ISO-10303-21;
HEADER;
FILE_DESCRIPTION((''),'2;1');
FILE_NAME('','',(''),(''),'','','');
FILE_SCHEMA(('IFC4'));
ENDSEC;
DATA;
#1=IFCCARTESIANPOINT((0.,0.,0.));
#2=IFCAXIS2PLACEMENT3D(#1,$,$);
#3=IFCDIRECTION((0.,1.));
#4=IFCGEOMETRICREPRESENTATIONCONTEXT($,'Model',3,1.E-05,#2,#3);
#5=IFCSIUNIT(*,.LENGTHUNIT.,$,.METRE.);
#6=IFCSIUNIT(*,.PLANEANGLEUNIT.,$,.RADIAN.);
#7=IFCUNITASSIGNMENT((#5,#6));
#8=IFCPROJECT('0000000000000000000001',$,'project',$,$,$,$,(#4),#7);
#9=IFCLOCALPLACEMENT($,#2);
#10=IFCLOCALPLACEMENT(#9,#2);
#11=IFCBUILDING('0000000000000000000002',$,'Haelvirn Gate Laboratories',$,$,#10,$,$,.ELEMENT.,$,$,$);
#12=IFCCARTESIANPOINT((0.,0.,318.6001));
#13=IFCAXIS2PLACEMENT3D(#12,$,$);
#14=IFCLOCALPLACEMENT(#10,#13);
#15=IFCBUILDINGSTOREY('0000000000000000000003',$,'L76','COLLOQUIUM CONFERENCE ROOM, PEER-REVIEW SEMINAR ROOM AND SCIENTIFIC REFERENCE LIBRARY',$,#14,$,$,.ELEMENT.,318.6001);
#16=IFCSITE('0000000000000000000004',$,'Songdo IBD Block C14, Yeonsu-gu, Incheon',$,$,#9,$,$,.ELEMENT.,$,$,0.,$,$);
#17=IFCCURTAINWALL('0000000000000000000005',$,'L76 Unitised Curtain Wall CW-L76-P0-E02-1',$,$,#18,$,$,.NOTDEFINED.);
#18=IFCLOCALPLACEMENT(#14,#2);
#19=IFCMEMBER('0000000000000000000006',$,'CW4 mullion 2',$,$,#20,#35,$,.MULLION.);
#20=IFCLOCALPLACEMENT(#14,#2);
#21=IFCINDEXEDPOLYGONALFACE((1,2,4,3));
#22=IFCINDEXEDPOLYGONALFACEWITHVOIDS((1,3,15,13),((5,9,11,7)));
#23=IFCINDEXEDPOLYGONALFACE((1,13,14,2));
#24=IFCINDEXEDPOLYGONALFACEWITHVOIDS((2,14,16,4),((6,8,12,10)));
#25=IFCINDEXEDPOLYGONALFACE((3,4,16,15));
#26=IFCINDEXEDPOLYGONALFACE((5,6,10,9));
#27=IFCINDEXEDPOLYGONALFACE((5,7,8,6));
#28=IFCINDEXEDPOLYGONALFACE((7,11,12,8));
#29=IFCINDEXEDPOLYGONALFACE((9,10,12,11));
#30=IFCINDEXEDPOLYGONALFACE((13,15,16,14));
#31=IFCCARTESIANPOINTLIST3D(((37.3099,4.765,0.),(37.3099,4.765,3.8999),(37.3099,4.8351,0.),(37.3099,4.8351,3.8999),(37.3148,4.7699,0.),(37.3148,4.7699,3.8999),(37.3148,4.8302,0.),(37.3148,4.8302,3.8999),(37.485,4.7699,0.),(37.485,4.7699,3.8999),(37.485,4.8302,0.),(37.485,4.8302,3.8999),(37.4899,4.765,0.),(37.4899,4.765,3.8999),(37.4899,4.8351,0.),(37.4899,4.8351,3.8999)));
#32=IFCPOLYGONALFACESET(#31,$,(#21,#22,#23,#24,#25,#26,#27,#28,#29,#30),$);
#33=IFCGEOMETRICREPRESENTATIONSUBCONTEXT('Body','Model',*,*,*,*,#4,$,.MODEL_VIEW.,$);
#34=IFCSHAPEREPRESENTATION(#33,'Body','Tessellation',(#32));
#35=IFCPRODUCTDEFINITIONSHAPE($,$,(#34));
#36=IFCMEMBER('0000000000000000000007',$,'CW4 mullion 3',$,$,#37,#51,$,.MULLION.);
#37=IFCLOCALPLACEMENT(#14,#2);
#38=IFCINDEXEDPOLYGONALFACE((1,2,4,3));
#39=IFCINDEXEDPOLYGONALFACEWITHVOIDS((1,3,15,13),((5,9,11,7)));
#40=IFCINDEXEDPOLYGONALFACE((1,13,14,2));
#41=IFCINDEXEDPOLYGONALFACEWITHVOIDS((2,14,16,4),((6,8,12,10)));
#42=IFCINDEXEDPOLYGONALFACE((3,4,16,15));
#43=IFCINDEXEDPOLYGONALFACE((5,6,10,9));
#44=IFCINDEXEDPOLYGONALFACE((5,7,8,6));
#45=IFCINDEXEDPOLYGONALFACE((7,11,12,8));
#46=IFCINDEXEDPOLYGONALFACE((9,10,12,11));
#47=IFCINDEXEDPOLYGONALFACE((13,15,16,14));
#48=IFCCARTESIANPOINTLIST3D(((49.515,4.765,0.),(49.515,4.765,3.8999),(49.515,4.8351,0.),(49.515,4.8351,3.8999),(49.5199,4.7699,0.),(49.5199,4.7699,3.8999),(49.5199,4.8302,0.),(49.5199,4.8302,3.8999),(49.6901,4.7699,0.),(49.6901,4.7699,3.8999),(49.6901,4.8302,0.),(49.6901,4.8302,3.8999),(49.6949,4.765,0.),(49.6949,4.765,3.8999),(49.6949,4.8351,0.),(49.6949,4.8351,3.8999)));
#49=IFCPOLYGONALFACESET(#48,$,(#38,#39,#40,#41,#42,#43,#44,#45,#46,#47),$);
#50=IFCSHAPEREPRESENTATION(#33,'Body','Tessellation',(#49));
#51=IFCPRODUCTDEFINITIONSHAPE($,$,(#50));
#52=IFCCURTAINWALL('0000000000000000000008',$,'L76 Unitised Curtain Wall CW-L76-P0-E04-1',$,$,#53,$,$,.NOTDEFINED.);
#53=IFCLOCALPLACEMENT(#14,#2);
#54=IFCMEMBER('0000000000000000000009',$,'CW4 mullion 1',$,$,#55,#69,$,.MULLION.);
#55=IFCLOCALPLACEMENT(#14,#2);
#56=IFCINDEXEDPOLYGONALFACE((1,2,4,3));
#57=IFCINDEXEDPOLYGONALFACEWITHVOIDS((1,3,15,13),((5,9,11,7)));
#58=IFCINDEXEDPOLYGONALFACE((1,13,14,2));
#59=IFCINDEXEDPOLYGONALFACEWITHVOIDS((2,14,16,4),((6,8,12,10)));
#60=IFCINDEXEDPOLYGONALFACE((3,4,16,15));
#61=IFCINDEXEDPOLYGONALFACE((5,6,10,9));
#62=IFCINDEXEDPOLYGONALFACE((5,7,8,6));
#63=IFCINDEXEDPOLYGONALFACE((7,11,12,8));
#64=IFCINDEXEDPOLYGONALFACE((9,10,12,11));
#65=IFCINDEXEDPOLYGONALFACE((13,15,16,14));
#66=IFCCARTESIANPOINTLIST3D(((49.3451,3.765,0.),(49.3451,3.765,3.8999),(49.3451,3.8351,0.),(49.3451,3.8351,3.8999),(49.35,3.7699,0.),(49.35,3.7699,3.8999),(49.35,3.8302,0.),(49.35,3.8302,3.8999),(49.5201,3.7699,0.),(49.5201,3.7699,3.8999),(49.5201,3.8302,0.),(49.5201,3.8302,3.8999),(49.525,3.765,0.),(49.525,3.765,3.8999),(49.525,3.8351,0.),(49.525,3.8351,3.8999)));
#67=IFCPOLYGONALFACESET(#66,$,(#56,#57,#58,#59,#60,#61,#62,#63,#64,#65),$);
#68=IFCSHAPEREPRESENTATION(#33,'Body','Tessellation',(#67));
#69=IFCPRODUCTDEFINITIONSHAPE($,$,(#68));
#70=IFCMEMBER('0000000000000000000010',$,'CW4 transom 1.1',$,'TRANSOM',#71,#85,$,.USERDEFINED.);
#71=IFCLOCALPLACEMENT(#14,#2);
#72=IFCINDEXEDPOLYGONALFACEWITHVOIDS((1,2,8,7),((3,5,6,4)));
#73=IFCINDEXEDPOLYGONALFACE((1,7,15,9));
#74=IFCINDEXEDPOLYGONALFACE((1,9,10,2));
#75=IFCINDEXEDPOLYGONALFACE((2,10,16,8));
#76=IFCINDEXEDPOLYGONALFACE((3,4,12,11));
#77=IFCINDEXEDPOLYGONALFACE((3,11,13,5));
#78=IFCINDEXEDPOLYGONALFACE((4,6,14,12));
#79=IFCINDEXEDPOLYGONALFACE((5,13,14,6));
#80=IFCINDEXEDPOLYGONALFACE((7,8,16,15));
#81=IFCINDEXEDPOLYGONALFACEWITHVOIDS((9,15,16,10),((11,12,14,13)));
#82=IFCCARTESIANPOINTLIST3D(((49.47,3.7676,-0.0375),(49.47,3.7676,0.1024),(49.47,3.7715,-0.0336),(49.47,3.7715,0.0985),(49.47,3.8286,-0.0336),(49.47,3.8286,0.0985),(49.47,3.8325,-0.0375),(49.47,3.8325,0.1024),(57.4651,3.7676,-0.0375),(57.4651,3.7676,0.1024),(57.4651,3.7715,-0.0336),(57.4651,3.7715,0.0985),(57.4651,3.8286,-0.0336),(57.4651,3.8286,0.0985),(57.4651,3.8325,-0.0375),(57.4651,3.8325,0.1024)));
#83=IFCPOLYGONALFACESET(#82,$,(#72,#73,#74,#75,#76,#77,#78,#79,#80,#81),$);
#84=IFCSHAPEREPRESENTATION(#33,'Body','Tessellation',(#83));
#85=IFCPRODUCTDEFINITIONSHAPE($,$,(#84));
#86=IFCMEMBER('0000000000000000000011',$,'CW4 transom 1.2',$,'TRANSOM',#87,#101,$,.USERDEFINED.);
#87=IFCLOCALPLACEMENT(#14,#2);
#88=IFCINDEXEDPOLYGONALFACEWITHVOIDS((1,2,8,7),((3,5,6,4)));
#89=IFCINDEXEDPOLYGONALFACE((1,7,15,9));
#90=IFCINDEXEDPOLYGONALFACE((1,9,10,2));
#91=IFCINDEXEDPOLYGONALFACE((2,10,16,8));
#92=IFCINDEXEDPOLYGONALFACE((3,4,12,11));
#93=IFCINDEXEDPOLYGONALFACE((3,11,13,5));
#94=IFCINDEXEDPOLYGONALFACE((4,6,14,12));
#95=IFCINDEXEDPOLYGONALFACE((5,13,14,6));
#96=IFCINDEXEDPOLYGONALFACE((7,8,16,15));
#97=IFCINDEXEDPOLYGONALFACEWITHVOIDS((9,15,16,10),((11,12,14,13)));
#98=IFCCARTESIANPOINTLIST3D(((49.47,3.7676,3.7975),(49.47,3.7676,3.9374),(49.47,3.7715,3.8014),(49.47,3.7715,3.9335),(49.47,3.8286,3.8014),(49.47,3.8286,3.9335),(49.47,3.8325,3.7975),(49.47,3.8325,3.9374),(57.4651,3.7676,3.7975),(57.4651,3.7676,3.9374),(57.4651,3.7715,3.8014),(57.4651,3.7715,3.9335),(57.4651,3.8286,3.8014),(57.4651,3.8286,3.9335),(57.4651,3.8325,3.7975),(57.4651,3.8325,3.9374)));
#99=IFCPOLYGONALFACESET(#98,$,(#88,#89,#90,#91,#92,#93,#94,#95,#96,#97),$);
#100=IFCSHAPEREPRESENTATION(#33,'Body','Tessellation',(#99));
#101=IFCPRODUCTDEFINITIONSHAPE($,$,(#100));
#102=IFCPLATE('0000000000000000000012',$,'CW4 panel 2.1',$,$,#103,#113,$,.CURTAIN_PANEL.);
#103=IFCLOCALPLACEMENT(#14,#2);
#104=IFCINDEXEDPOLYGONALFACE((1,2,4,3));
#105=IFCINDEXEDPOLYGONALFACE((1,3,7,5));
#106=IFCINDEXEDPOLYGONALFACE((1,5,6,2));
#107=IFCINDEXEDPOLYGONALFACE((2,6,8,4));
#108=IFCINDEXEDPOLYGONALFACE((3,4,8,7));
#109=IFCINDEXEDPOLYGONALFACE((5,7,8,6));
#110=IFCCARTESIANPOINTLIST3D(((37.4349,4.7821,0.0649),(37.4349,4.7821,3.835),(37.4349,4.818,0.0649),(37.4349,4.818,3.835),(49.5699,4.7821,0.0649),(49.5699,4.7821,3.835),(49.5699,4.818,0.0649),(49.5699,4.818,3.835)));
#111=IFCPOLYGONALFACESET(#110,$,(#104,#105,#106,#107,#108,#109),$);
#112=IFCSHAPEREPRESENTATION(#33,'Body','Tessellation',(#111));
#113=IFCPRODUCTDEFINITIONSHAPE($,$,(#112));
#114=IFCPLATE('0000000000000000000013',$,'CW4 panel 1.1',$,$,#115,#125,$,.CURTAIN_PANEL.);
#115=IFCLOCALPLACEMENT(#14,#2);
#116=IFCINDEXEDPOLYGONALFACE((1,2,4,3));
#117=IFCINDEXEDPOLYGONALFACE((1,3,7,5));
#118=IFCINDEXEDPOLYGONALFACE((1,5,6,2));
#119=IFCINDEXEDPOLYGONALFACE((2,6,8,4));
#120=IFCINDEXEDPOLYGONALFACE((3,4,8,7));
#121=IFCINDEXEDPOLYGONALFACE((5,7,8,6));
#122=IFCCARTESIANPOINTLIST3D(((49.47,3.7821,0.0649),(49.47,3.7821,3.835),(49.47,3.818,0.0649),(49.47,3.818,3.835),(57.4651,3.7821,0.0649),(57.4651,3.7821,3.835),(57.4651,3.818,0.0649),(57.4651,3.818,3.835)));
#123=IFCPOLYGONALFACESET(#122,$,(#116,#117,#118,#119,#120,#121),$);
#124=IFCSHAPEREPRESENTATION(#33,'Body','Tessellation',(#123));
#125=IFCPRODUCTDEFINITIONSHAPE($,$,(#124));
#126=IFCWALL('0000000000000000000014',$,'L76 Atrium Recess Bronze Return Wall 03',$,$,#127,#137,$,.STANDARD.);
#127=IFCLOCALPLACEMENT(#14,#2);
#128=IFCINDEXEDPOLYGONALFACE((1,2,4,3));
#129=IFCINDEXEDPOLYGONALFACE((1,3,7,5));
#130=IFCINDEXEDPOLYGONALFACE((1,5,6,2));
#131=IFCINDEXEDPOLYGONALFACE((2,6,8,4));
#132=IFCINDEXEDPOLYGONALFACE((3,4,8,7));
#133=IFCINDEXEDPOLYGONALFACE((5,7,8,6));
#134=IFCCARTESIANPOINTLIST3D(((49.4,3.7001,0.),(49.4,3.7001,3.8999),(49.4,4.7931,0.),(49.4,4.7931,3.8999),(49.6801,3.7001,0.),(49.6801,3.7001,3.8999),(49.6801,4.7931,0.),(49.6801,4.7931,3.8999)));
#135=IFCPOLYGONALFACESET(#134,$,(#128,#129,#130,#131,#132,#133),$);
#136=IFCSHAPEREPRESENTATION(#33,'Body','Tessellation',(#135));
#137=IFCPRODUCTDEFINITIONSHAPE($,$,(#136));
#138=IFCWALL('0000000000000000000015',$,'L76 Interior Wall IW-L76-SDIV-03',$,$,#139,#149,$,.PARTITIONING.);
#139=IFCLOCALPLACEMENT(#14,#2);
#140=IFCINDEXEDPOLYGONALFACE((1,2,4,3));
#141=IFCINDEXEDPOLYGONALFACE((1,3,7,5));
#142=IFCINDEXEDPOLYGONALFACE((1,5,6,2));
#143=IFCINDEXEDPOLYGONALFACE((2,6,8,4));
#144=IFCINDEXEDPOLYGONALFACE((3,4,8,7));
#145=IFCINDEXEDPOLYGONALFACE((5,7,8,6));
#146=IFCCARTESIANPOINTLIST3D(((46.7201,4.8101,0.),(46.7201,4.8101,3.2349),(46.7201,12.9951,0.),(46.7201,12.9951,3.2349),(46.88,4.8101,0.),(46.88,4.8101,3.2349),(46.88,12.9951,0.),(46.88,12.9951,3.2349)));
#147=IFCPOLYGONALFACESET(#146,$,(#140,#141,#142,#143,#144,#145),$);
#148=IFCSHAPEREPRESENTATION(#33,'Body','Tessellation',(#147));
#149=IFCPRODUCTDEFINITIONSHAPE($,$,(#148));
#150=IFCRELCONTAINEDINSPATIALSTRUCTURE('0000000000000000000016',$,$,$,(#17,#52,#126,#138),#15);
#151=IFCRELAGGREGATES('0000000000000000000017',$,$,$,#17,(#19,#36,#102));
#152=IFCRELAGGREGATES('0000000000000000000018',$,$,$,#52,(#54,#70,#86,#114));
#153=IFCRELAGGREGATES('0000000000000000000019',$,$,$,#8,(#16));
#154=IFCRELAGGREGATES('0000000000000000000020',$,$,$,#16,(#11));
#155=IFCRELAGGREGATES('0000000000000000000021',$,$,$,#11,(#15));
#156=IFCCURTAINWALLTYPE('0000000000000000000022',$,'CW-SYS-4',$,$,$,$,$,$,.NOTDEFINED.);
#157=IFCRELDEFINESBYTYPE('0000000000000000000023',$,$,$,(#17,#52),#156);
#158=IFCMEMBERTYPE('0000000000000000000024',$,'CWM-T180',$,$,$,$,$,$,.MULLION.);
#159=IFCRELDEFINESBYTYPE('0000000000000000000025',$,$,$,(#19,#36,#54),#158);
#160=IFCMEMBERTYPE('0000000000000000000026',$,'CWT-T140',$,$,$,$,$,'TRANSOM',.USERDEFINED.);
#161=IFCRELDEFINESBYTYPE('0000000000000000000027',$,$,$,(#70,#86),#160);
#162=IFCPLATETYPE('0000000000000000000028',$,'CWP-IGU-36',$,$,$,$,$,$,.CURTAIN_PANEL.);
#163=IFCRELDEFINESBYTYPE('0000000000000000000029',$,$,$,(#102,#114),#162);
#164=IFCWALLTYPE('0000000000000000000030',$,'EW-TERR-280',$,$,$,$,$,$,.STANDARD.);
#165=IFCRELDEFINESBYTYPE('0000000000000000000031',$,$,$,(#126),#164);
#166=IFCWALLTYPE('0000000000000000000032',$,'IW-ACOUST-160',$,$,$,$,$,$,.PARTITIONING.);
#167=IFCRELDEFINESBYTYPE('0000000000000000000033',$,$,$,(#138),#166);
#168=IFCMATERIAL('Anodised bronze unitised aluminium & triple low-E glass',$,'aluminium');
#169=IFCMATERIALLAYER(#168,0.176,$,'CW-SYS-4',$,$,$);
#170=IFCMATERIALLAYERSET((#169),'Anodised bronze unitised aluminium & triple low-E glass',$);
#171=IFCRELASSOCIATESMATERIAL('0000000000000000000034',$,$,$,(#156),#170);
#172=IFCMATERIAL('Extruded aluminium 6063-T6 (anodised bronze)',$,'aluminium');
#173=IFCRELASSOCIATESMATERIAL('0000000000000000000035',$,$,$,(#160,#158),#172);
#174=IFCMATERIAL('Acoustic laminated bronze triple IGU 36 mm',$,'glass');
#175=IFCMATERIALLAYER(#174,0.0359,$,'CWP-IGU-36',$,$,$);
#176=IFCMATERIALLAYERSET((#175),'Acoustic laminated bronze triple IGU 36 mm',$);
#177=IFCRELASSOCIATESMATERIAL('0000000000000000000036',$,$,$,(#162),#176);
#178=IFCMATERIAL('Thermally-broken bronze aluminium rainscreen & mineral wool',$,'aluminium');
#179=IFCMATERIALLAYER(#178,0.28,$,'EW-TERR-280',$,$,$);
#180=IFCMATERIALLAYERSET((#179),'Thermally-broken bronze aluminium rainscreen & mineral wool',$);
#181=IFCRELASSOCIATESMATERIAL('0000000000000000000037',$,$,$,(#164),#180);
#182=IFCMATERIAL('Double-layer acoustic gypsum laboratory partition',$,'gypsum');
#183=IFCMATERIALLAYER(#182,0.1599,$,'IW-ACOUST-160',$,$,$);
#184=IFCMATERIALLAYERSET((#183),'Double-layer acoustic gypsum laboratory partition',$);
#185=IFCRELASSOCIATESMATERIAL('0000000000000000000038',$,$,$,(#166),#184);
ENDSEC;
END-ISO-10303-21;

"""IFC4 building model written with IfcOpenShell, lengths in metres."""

from ifc_helpers import new_model, si_unit, direction, frame, frame_2d, origin, origin_2d, place, context, subcontext, project, spatial, rectangle, hollow_rectangle, extrude, source, transform, mapped, material, layer, layer_set, material_profile, profile_set, type_object, type_shapes, element, aggregate, save


model = new_model("IFC4")

# Units and contexts
model_context = context("Model", 3, precision=1e-05, world=origin(), true_north=direction((0.0, 1.0)))
body_context = subcontext(model_context, "Body", "Model", "MODEL_VIEW")
ifc_project = project(units=[si_unit("LENGTHUNIT", "METRE"), si_unit("PLANEANGLEUNIT", "RADIAN")], contexts=[model_context])

# Site, building, storey
site_placement = place(None, origin())
site = spatial("IfcSite", under=ifc_project, at=site_placement, Name="Songdo IBD Block C14, Yeonsu-gu, Incheon", CompositionType="ELEMENT", RefElevation=0.0)
building_placement = place(site_placement, origin())
building = spatial("IfcBuilding", under=site, at=building_placement, Name="Haelvirn Gate Laboratories", CompositionType="ELEMENT")
storey_placement = place(building_placement, frame((0.0, 0.0, 318.6001)))
storey = spatial("IfcBuildingStorey", under=building, at=storey_placement, Name="L76", Description="COLLOQUIUM CONFERENCE ROOM, PEER-REVIEW SEMINAR ROOM AND SCIENTIFIC REFERENCE LIBRARY", CompositionType="ELEMENT", Elevation=318.6001)

# Curtain walls, members
ifc_material_1 = material(Name="Anodised bronze unitised aluminium & triple low-E glass", Category="aluminium")
ifc_layer_1 = layer(ifc_material_1, 0.176, Name="CW-SYS-4")
ifc_layer_set_1 = layer_set([ifc_layer_1], Name="Anodised bronze unitised aluminium & triple low-E glass")
curtain_wall_type = type_object("IfcCurtainWallType", Name="CW-SYS-4", PredefinedType="NOTDEFINED", material=ifc_layer_set_1)
curtain_wall_1_placement = place(storey_placement, origin())
curtain_wall_1 = element("IfcCurtainWall", 1, at=curtain_wall_1_placement, inside=storey, type_object=curtain_wall_type, Name="L76 Unitised Curtain Wall CW-L76-P0-E02-1", PredefinedType="NOTDEFINED")
ifc_material_2 = material(Name="Extruded aluminium 6063-T6 (anodised bronze)", Category="aluminium")
ifc_material_profile_1 = material_profile(ifc_material_2, hollow_rectangle(XDim=0.0649, YDim=0.1399, WallThickness=0.0039, at=origin_2d()), Name="CWT-140x65x4")
ifc_profile_set_1 = profile_set([ifc_material_profile_1], Name="Extruded aluminium 6063-T6 (anodised bronze)")
member_type_1 = type_object("IfcMemberType", Name="CWT-T140", ElementType="TRANSOM", PredefinedType="USERDEFINED", material=ifc_profile_set_1)
ifc_material_profile_2 = material_profile(ifc_material_2, hollow_rectangle(XDim=0.0701, YDim=0.1799, WallThickness=0.0049, at=origin_2d()), Name="CWM-180x70x5")
ifc_profile_set_2 = profile_set([ifc_material_profile_2], Name="Extruded aluminium 6063-T6 (anodised bronze)")
member_type_2 = type_object("IfcMemberType", Name="CWM-T180", PredefinedType="MULLION", material=ifc_profile_set_2)
shared_shape_1 = source(origin(), body_context, "Body", "SweptSolid", [
    extrude(hollow_rectangle(XDim=0.0701, YDim=0.1799, WallThickness=0.0049, at=origin_2d()), origin(), (0.0, 0.0, 1.0), 3.8999),
])
type_shapes(member_type_2, [shared_shape_1])
member_1_placement = place(storey_placement, frame((37.3999, 4.8, 0.0), z_axis=(0.0, 0.0, 1.0), x_axis=(0.0, 1.0, 0.0)))
member_1 = element("IfcMember", 2, at=member_1_placement, type_object=member_type_2, Name="CW4 mullion 2", PredefinedType="MULLION", context=body_context, shape_type="MappedRepresentation", body=[
    mapped(shared_shape_1, transform((0.0, 0.0, 0.0), scale=1.0)),
])
member_2_placement = place(storey_placement, frame((49.605, 4.8, 0.0), z_axis=(0.0, 0.0, 1.0), x_axis=(0.0, 1.0, 0.0)))
member_2 = element("IfcMember", 3, at=member_2_placement, type_object=member_type_2, Name="CW4 mullion 3", PredefinedType="MULLION", context=body_context, shape_type="MappedRepresentation", body=[
    mapped(shared_shape_1, transform((0.0, 0.0, 0.0), scale=1.0)),
])
curtain_wall_2_placement = place(storey_placement, origin())
curtain_wall_2 = element("IfcCurtainWall", 4, at=curtain_wall_2_placement, inside=storey, type_object=curtain_wall_type, Name="L76 Unitised Curtain Wall CW-L76-P0-E04-1", PredefinedType="NOTDEFINED")
member_3_placement = place(storey_placement, frame((49.4351, 3.8, 0.0), z_axis=(0.0, 0.0, 1.0), x_axis=(0.0, 1.0, 0.0)))
member_3 = element("IfcMember", 5, at=member_3_placement, type_object=member_type_2, Name="CW4 mullion 1", PredefinedType="MULLION", context=body_context, shape_type="MappedRepresentation", body=[
    mapped(shared_shape_1, transform((0.0, 0.0, 0.0), scale=1.0)),
])
shared_shape_2 = source(origin(), body_context, "Body", "SweptSolid", [
    extrude(hollow_rectangle(XDim=0.0649, YDim=0.1399, WallThickness=0.0039, at=origin_2d()), origin(), (0.0, 0.0, 1.0), 7.9951),
])
member_4_placement = place(storey_placement, frame((49.47, 3.8, 0.0325), z_axis=(1.0, 0.0, 0.0), x_axis=(0.0, 1.0, 0.0)))
member_4 = element("IfcMember", 6, at=member_4_placement, type_object=member_type_1, Name="CW4 transom 1.1", ObjectType="TRANSOM", PredefinedType="USERDEFINED", context=body_context, shape_type="MappedRepresentation", body=[
    mapped(shared_shape_2, transform((0.0, 0.0, 0.0), scale=1.0)),
])
member_5_placement = place(storey_placement, frame((49.47, 3.8, 3.8674), z_axis=(1.0, 0.0, 0.0), x_axis=(0.0, 1.0, 0.0)))
member_5 = element("IfcMember", 7, at=member_5_placement, type_object=member_type_1, Name="CW4 transom 1.2", ObjectType="TRANSOM", PredefinedType="USERDEFINED", context=body_context, shape_type="MappedRepresentation", body=[
    mapped(shared_shape_2, transform((0.0, 0.0, 0.0), scale=1.0)),
])

# Plates
ifc_material_3 = material(Name="Acoustic laminated bronze triple IGU 36 mm", Category="glass")
ifc_layer_2 = layer(ifc_material_3, 0.0359, Name="CWP-IGU-36")
ifc_layer_set_2 = layer_set([ifc_layer_2], Name="Acoustic laminated bronze triple IGU 36 mm")
plate_type = type_object("IfcPlateType", Name="CWP-IGU-36", PredefinedType="CURTAIN_PANEL", material=ifc_layer_set_2)
shared_shape_3 = source(origin(), body_context, "Body", "SweptSolid", [
    extrude(rectangle(XDim=12.135, YDim=0.0359, at=origin_2d()), origin(), (0.0, 0.0, 1.0), 3.77),
])
plate_1_placement = place(storey_placement, frame((43.5024, 4.8, 0.0649), z_axis=(0.0, 0.0, 1.0), x_axis=(1.0, 0.0, 0.0)))
plate_1 = element("IfcPlate", 8, at=plate_1_placement, type_object=plate_type, Name="CW4 panel 2.1", PredefinedType="CURTAIN_PANEL", context=body_context, shape_type="MappedRepresentation", body=[
    mapped(shared_shape_3, transform((0.0, 0.0, 0.0), scale=1.0)),
])
aggregate(curtain_wall_1, [member_1, member_2, plate_1])
shared_shape_4 = source(origin(), body_context, "Body", "SweptSolid", [
    extrude(rectangle(XDim=7.9951, YDim=0.0359, at=origin_2d()), origin(), (0.0, 0.0, 1.0), 3.77),
])
type_shapes(plate_type, [shared_shape_3, shared_shape_4])
plate_2_placement = place(storey_placement, frame((53.4675, 3.8, 0.0649), z_axis=(0.0, 0.0, 1.0), x_axis=(1.0, 0.0, 0.0)))
plate_2 = element("IfcPlate", 9, at=plate_2_placement, type_object=plate_type, Name="CW4 panel 1.1", PredefinedType="CURTAIN_PANEL", context=body_context, shape_type="MappedRepresentation", body=[
    mapped(shared_shape_4, transform((0.0, 0.0, 0.0), scale=1.0)),
])
aggregate(curtain_wall_2, [member_3, member_4, member_5, plate_2])

# Walls
ifc_material_4 = material(Name="Thermally-broken bronze aluminium rainscreen & mineral wool", Category="aluminium")
ifc_layer_3 = layer(ifc_material_4, 0.28, Name="EW-TERR-280")
ifc_layer_set_3 = layer_set([ifc_layer_3], Name="Thermally-broken bronze aluminium rainscreen & mineral wool")
wall_type_1 = type_object("IfcWallType", Name="EW-TERR-280", PredefinedType="STANDARD", material=ifc_layer_set_3)
wall_1_placement = place(storey_placement, frame((49.54, 4.793, 0.0), z_axis=(0.0, 0.0, 1.0), x_axis=(0.0, -1.0, 0.0)))
element("IfcWall", 10, at=wall_1_placement, inside=storey, type_object=wall_type_1, Name="L76 Atrium Recess Bronze Return Wall 03", PredefinedType="STANDARD", context=body_context, shape_type="SweptSolid", body=[
    extrude(rectangle(XDim=1.093, YDim=0.28, at=frame_2d((0.5464, 0.0))), origin(), (0.0, 0.0, 1.0), 3.8999),
])
ifc_material_5 = material(Name="Double-layer acoustic gypsum laboratory partition", Category="gypsum")
ifc_layer_4 = layer(ifc_material_5, 0.1599, Name="IW-ACOUST-160")
ifc_layer_set_4 = layer_set([ifc_layer_4], Name="Double-layer acoustic gypsum laboratory partition")
wall_type_2 = type_object("IfcWallType", Name="IW-ACOUST-160", PredefinedType="PARTITIONING", material=ifc_layer_set_4)
wall_2_placement = place(storey_placement, frame((46.8, 4.8101, 0.0), z_axis=(0.0, 0.0, 1.0), x_axis=(0.0, 1.0, 0.0)))
element("IfcWall", 11, at=wall_2_placement, inside=storey, type_object=wall_type_2, Name="L76 Interior Wall IW-L76-SDIV-03", PredefinedType="PARTITIONING", context=body_context, shape_type="SweptSolid", body=[
    extrude(rectangle(XDim=8.1851, YDim=0.1599, at=frame_2d((4.0925, 0.0))), origin(), (0.0, 0.0, 1.0), 3.2349),
])

save(model, "model.ifc")
